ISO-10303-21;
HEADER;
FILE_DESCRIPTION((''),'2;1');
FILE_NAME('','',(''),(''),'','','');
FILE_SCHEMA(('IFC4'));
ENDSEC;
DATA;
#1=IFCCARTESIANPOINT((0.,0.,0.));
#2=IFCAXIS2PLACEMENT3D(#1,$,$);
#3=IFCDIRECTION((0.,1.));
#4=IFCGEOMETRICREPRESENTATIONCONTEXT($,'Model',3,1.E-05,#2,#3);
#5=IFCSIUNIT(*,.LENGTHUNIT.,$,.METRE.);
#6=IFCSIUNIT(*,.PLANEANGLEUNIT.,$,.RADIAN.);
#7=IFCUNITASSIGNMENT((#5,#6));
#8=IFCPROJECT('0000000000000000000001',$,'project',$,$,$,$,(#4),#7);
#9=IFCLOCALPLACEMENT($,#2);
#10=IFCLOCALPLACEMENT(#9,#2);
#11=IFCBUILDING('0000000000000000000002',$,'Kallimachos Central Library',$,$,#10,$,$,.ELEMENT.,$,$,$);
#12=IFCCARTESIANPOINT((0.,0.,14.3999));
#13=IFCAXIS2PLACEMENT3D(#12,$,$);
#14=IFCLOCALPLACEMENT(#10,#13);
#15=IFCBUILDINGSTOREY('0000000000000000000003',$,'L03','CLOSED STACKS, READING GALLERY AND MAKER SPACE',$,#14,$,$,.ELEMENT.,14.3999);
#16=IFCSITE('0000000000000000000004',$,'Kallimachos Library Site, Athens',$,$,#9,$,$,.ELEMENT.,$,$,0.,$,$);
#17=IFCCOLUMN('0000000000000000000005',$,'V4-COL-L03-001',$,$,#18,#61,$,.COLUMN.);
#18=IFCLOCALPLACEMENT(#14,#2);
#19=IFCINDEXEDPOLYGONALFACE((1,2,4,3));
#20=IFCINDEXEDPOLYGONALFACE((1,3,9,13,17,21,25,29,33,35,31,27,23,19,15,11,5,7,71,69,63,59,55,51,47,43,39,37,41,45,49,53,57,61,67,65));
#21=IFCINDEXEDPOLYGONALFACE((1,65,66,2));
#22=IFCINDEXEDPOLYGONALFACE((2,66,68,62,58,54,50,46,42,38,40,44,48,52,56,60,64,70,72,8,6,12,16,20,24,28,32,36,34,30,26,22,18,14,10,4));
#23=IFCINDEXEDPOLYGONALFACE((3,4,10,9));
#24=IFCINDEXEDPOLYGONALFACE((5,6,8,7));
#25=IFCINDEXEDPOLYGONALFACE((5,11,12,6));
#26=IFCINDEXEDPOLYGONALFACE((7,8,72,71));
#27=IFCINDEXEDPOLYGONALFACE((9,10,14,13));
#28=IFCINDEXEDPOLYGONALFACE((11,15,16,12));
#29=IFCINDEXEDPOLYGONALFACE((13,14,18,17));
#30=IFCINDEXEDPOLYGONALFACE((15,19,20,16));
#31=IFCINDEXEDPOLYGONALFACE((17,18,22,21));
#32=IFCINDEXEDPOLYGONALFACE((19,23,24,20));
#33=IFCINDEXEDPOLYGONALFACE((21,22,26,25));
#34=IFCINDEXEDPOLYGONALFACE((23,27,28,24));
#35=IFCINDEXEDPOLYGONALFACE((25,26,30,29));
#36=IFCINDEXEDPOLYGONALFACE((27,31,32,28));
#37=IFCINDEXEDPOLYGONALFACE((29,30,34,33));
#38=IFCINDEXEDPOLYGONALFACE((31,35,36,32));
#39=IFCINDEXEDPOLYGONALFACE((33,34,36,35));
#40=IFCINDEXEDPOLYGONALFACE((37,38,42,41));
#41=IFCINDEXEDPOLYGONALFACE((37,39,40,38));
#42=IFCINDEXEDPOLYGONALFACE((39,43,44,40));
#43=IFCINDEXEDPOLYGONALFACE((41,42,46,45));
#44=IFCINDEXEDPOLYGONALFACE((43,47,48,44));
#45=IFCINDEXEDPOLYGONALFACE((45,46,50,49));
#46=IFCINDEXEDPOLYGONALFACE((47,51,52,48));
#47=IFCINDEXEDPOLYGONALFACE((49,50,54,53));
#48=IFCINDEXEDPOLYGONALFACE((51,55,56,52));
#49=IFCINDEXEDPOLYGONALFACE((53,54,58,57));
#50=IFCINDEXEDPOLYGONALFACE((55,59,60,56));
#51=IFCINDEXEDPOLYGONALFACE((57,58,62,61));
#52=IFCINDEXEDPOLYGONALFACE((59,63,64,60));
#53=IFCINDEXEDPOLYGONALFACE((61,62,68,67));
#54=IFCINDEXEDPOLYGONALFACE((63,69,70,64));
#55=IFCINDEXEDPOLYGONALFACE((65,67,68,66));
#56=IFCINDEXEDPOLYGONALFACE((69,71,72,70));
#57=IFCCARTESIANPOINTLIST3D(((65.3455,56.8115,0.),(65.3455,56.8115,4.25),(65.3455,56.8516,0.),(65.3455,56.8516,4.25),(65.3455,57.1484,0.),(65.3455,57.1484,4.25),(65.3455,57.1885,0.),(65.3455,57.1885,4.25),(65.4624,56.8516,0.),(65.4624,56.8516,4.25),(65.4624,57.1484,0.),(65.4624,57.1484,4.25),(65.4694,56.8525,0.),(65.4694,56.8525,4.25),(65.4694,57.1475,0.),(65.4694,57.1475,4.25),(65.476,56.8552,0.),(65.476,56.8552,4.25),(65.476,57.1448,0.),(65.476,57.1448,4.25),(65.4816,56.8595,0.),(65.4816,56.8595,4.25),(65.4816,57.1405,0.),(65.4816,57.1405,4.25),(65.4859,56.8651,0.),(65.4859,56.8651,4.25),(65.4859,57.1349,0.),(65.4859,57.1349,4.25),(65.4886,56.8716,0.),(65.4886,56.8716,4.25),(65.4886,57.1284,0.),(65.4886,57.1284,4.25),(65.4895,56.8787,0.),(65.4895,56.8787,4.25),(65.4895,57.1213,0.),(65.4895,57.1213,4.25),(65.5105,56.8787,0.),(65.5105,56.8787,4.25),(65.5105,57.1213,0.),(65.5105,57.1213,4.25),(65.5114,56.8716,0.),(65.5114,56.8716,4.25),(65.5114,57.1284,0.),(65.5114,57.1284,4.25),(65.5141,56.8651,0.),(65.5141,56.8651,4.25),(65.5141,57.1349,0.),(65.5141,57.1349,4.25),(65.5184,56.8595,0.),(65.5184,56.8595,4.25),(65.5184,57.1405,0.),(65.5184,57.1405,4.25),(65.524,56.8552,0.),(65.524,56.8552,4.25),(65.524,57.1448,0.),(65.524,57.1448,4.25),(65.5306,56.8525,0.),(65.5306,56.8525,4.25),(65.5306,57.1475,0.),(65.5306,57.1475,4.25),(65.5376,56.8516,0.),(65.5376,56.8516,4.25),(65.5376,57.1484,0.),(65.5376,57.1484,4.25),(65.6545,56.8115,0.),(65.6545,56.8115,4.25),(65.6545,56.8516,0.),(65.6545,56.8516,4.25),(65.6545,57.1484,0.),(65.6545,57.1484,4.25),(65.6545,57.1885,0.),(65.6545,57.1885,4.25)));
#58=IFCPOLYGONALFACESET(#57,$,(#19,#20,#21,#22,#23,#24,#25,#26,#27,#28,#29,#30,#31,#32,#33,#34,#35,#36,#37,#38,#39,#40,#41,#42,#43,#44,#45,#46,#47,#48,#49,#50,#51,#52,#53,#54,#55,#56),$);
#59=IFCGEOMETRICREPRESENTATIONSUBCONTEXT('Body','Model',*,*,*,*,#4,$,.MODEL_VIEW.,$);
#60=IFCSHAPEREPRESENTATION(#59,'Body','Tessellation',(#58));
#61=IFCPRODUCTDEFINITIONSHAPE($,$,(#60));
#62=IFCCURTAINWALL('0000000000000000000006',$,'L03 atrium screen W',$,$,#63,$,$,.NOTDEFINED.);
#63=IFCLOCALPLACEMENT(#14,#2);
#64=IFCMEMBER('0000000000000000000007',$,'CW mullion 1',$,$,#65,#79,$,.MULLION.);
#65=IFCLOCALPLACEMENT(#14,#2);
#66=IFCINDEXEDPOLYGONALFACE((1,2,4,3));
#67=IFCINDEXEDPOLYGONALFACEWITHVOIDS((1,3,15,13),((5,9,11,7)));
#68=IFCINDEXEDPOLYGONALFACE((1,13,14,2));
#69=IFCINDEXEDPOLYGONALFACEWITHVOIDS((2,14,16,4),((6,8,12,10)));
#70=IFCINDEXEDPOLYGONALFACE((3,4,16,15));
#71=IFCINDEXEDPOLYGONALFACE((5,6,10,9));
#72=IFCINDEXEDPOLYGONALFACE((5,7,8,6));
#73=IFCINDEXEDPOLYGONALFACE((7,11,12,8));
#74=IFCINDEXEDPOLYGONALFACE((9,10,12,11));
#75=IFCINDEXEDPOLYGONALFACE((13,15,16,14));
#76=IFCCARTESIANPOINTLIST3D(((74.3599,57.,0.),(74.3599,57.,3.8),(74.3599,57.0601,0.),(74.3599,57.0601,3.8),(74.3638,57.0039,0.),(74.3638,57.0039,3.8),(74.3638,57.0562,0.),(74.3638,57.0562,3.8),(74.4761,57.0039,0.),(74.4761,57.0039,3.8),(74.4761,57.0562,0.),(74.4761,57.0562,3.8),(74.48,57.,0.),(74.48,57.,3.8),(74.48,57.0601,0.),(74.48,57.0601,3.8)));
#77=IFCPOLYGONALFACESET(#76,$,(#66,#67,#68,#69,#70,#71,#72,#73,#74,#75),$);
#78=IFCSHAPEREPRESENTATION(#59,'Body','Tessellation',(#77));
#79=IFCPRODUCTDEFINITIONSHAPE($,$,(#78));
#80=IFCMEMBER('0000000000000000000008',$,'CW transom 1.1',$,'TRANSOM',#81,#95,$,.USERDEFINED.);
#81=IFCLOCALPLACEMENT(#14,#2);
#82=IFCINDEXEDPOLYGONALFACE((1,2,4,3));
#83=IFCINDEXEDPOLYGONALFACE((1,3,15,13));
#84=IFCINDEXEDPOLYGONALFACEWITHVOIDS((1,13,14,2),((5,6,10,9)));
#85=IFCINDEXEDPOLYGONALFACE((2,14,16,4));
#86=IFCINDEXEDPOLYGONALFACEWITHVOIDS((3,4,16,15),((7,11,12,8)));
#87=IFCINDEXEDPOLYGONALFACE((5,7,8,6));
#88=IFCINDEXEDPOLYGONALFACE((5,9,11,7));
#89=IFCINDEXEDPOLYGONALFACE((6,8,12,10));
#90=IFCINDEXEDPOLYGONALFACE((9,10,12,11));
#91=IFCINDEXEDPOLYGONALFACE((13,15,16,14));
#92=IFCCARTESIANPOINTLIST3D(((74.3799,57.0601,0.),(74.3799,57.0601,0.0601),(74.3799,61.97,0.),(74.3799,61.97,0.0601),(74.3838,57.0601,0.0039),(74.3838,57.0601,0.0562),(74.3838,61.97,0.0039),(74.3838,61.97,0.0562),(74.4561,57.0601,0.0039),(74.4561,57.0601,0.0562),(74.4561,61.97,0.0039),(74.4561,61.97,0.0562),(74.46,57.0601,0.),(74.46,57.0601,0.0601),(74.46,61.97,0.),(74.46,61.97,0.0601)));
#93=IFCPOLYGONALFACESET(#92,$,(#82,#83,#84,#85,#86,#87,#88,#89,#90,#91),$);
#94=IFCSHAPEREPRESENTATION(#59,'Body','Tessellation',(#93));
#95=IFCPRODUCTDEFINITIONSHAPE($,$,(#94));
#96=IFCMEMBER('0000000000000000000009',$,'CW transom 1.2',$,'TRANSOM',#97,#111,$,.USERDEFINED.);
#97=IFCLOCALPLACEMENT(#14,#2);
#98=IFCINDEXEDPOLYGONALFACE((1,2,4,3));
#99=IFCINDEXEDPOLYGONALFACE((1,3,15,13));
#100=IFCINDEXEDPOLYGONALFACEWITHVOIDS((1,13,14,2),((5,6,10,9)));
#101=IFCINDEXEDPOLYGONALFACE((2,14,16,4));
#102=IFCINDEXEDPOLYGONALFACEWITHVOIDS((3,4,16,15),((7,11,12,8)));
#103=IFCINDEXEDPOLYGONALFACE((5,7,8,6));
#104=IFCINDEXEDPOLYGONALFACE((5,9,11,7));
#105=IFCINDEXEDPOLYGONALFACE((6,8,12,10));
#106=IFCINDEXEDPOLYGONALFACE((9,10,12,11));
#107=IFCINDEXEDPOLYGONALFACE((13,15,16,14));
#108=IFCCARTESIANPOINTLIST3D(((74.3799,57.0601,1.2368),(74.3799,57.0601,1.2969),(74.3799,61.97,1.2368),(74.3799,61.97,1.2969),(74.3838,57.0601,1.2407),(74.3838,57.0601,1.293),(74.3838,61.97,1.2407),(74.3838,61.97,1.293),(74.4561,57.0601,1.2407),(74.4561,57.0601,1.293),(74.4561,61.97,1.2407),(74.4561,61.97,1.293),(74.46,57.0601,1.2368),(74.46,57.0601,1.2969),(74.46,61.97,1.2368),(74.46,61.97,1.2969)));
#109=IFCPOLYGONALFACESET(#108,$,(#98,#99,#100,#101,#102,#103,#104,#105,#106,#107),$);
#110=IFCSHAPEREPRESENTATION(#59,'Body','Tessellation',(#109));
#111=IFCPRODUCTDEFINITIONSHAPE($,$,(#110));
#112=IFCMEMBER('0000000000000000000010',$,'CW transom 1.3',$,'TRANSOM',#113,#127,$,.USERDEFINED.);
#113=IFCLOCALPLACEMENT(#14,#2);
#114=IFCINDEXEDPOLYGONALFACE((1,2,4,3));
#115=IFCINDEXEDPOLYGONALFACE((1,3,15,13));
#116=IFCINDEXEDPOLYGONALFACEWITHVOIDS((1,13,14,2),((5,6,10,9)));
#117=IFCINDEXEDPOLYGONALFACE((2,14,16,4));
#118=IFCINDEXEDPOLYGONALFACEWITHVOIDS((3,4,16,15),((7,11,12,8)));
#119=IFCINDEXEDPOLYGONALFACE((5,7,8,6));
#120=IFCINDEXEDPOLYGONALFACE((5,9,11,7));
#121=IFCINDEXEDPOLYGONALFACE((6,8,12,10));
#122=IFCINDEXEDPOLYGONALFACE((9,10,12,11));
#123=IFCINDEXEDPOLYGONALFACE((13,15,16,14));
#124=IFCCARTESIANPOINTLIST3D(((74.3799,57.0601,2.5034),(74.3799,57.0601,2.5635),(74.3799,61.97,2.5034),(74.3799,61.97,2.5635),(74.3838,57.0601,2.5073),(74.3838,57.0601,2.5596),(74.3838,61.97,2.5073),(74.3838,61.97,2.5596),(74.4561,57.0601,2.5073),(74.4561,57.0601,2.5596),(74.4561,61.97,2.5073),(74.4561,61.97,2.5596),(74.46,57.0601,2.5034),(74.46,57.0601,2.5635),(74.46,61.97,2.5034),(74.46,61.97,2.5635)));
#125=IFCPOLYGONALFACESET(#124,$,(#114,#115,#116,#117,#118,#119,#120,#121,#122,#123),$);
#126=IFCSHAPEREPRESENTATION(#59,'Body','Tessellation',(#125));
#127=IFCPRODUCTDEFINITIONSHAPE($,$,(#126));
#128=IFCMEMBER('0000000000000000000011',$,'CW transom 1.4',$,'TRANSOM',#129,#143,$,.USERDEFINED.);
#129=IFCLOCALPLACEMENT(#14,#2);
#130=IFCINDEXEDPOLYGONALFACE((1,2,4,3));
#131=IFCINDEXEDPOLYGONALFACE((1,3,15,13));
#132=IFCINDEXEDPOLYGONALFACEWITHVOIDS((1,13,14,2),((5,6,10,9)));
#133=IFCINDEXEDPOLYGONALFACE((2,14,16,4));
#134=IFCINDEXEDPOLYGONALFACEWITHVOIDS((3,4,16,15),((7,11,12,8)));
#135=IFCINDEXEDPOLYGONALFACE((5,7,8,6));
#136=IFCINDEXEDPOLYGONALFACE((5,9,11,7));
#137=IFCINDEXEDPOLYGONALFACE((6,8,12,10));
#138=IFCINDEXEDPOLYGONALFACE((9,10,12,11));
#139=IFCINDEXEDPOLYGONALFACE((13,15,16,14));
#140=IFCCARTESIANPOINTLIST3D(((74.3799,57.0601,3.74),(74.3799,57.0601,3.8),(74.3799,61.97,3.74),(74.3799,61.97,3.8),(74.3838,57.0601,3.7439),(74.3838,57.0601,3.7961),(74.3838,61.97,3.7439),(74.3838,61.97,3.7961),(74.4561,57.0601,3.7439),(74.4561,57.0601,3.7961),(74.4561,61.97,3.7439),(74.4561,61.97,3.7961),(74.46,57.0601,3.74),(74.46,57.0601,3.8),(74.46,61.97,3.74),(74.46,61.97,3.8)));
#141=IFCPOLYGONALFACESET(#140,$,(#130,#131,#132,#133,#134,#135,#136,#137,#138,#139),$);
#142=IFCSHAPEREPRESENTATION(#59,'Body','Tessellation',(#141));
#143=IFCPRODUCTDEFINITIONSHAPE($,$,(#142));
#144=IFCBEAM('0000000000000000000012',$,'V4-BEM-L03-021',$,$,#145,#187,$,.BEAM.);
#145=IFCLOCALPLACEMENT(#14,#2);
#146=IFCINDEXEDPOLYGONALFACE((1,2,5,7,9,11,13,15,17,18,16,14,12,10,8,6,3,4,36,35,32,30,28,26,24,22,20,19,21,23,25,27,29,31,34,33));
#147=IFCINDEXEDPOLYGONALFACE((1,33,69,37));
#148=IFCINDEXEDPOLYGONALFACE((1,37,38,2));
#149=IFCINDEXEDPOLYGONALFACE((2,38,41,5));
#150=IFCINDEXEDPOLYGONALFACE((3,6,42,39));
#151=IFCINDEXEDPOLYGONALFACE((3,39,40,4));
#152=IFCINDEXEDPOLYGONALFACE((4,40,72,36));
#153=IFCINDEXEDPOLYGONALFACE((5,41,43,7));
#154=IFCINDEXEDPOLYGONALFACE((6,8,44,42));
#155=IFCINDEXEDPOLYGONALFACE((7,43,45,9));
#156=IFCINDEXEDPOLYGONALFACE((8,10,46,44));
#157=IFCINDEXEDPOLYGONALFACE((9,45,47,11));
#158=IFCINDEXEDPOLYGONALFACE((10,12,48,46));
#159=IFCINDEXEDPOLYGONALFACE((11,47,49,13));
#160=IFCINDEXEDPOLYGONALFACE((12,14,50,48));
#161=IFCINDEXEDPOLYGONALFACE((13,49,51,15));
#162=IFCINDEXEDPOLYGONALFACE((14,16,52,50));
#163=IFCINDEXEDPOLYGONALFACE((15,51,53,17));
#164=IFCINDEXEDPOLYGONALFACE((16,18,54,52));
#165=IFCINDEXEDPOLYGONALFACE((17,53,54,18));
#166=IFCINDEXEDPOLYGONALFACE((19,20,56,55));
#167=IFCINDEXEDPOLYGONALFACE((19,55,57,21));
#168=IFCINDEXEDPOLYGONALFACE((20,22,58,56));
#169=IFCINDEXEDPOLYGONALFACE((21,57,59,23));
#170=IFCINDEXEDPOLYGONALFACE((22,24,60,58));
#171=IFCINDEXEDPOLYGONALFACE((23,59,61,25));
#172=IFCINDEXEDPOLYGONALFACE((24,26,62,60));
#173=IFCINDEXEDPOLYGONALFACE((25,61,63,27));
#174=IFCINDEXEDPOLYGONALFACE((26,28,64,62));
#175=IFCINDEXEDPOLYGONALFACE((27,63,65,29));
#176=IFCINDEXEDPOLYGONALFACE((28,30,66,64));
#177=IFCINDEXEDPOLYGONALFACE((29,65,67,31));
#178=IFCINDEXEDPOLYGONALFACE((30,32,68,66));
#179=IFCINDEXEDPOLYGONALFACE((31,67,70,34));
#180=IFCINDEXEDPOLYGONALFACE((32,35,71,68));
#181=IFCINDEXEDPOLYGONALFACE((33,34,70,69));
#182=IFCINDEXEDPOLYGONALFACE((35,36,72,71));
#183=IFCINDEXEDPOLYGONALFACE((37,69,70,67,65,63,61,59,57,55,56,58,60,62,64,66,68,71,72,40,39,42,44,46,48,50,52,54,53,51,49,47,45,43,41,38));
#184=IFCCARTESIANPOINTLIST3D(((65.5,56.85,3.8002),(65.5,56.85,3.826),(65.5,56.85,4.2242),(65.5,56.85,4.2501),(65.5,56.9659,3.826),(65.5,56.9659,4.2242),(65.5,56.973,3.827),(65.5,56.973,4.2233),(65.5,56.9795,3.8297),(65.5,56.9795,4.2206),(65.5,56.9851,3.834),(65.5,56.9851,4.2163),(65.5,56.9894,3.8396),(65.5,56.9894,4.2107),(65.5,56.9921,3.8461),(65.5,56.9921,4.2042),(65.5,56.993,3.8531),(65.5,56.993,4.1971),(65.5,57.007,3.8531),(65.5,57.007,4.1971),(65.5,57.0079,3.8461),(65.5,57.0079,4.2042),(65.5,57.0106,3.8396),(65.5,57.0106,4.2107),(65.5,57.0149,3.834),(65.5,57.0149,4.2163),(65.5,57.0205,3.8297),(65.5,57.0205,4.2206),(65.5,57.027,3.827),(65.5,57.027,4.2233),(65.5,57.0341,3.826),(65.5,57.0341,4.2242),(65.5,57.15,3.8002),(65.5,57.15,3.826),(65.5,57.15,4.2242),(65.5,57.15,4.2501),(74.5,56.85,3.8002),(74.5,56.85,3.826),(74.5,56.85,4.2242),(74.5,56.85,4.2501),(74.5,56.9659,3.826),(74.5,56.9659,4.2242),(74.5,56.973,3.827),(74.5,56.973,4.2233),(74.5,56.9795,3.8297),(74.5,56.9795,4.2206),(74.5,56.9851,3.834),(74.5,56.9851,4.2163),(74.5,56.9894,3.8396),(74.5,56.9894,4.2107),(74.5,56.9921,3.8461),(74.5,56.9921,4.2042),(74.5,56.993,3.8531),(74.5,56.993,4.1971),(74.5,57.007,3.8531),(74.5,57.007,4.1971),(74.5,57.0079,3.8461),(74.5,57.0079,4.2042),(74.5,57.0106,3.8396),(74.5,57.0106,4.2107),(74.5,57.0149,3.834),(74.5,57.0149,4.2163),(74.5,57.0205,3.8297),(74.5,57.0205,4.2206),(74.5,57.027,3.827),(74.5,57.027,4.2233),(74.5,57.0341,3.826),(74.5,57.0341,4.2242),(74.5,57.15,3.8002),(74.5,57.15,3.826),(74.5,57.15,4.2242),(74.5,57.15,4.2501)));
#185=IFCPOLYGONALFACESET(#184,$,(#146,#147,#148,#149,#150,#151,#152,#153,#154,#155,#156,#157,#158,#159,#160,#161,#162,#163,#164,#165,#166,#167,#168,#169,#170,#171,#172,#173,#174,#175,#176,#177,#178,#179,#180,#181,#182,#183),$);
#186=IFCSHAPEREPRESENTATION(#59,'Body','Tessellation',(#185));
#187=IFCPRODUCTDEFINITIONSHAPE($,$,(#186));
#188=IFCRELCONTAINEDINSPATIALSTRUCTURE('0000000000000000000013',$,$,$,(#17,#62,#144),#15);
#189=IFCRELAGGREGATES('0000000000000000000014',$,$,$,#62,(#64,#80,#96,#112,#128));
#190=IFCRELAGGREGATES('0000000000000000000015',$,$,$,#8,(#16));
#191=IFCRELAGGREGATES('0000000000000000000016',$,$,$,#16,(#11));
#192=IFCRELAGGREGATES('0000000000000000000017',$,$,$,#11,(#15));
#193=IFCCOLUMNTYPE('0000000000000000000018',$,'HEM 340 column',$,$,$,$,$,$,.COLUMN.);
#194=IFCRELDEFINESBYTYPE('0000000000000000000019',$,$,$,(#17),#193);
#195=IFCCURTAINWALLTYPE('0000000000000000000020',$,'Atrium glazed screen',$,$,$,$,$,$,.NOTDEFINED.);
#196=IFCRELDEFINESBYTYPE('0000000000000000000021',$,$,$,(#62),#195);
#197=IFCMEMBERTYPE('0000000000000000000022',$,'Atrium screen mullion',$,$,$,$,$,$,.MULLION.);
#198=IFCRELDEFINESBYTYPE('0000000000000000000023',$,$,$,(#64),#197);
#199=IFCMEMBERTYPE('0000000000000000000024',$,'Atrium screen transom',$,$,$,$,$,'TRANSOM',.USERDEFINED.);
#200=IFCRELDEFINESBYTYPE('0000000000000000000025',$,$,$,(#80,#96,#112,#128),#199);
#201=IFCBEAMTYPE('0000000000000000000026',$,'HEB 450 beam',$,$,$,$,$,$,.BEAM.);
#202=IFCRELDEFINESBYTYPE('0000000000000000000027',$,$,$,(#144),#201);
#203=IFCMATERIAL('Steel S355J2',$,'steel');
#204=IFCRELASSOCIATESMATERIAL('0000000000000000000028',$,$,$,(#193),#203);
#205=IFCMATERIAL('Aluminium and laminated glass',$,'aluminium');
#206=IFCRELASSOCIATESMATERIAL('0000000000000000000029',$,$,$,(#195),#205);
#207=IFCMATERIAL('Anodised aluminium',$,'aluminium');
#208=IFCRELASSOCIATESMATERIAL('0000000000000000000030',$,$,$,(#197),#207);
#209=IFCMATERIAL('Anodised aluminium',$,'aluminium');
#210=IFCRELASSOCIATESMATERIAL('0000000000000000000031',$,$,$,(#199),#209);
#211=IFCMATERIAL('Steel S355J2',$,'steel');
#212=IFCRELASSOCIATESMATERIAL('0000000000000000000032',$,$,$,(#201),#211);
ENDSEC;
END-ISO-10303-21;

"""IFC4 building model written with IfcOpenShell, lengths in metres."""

from ifc_helpers import new_model, si_unit, direction, frame, origin, origin_2d, place, context, subcontext, project, spatial, hollow_rectangle, i_section, extrude, material, material_profile, profile_set, type_object, element, aggregate, save


model = new_model("IFC4")

# Units and contexts
model_context = context("Model", 3, precision=1e-05, world=origin(), true_north=direction((0.0, 1.0)))
body_context = subcontext(model_context, "Body", "Model", "MODEL_VIEW")
ifc_project = project(units=[si_unit("LENGTHUNIT", "METRE"), si_unit("PLANEANGLEUNIT", "RADIAN")], contexts=[model_context])

# Site, building, storey
site_placement = place(None, origin())
site = spatial("IfcSite", under=ifc_project, at=site_placement, Name="Kallimachos Library Site, Athens", CompositionType="ELEMENT", RefElevation=0.0)
building_placement = place(site_placement, origin())
building = spatial("IfcBuilding", under=site, at=building_placement, Name="Kallimachos Central Library", CompositionType="ELEMENT")
storey_placement = place(building_placement, frame((0.0, 0.0, 14.3999)))
storey = spatial("IfcBuildingStorey", under=building, at=storey_placement, Name="L03", Description="CLOSED STACKS, READING GALLERY AND MAKER SPACE", CompositionType="ELEMENT", Elevation=14.3999)

# Column
ifc_material_1 = material(Name="Steel S355J2", Category="steel")
ifc_material_profile_1 = material_profile(ifc_material_1, i_section(OverallWidth=0.3091, OverallDepth=0.377, WebThickness=0.021, FlangeThickness=0.04, FilletRadius=0.0271, at=origin_2d()), Name="HEM 340")
ifc_profile_set_1 = profile_set([ifc_material_profile_1], Name="Steel S355J2")
column_type = type_object("IfcColumnType", Name="HEM 340 column", PredefinedType="COLUMN", material=ifc_profile_set_1)
column_placement = place(storey_placement, frame((65.5, 57.0, 0.0), z_axis=(0.0, 0.0, 1.0), x_axis=(1.0, 0.0, 0.0)))
element("IfcColumn", 1, at=column_placement, inside=storey, type_object=column_type, Name="V4-COL-L03-001", PredefinedType="COLUMN", context=body_context, shape_type="SweptSolid", body=[
    extrude(i_section(OverallWidth=0.3091, OverallDepth=0.377, WebThickness=0.021, FlangeThickness=0.04, FilletRadius=0.0271, at=origin_2d()), origin(), (0.0, 0.0, 1.0), 4.25),
])

# Curtain wall, members
ifc_material_2 = material(Name="Aluminium and laminated glass", Category="aluminium")
curtain_wall_type = type_object("IfcCurtainWallType", Name="Atrium glazed screen", PredefinedType="NOTDEFINED", material=ifc_material_2)
curtain_wall_placement = place(storey_placement, origin())
curtain_wall = element("IfcCurtainWall", 2, at=curtain_wall_placement, inside=storey, type_object=curtain_wall_type, Name="L03 atrium screen W", PredefinedType="NOTDEFINED")
ifc_material_3 = material(Name="Anodised aluminium", Category="aluminium")
ifc_material_profile_2 = material_profile(ifc_material_3, hollow_rectangle(XDim=0.0601, YDim=0.1201, WallThickness=0.0039, at=origin_2d()), Name="ALU MULLION 60x120")
ifc_profile_set_2 = profile_set([ifc_material_profile_2], Name="Anodised aluminium")
member_type_1 = type_object("IfcMemberType", Name="Atrium screen mullion", PredefinedType="MULLION", material=ifc_profile_set_2)
member_1_placement = place(storey_placement, frame((74.4199, 57.03, 0.0), z_axis=(0.0, 0.0, 1.0), x_axis=(0.0, 1.0, 0.0)))
member_1 = element("IfcMember", 3, at=member_1_placement, type_object=member_type_1, Name="CW mullion 1", PredefinedType="MULLION", context=body_context, shape_type="SweptSolid", body=[
    extrude(hollow_rectangle(XDim=0.0601, YDim=0.1201, WallThickness=0.0039, at=origin_2d()), origin(), (0.0, 0.0, 1.0), 3.8),
])
ifc_material_4 = material(Name="Anodised aluminium", Category="aluminium")
ifc_material_profile_3 = material_profile(ifc_material_4, hollow_rectangle(XDim=0.0601, YDim=0.0801, WallThickness=0.0039, at=origin_2d()), Name="ALU TRANSOM 60x80")
ifc_profile_set_3 = profile_set([ifc_material_profile_3], Name="Anodised aluminium")
member_type_2 = type_object("IfcMemberType", Name="Atrium screen transom", ElementType="TRANSOM", PredefinedType="USERDEFINED", material=ifc_profile_set_3)
member_2_placement = place(storey_placement, frame((74.4199, 57.0601, 0.03), z_axis=(0.0, 1.0, 0.0), x_axis=(0.0, 0.0, 1.0)))
member_2 = element("IfcMember", 4, at=member_2_placement, type_object=member_type_2, Name="CW transom 1.1", ObjectType="TRANSOM", PredefinedType="USERDEFINED", context=body_context, shape_type="SweptSolid", body=[
    extrude(hollow_rectangle(XDim=0.0601, YDim=0.0801, WallThickness=0.0039, at=origin_2d()), origin(), (0.0, 0.0, 1.0), 4.9099),
])
member_3_placement = place(storey_placement, frame((74.4199, 57.0601, 1.2668), z_axis=(0.0, 1.0, 0.0), x_axis=(0.0, 0.0, 1.0)))
member_3 = element("IfcMember", 5, at=member_3_placement, type_object=member_type_2, Name="CW transom 1.2", ObjectType="TRANSOM", PredefinedType="USERDEFINED", context=body_context, shape_type="SweptSolid", body=[
    extrude(hollow_rectangle(XDim=0.0601, YDim=0.0801, WallThickness=0.0039, at=origin_2d()), origin(), (0.0, 0.0, 1.0), 4.9099),
])
member_4_placement = place(storey_placement, frame((74.4199, 57.0601, 2.5334), z_axis=(0.0, 1.0, 0.0), x_axis=(0.0, 0.0, 1.0)))
member_4 = element("IfcMember", 6, at=member_4_placement, type_object=member_type_2, Name="CW transom 1.3", ObjectType="TRANSOM", PredefinedType="USERDEFINED", context=body_context, shape_type="SweptSolid", body=[
    extrude(hollow_rectangle(XDim=0.0601, YDim=0.0801, WallThickness=0.0039, at=origin_2d()), origin(), (0.0, 0.0, 1.0), 4.9099),
])
member_5_placement = place(storey_placement, frame((74.4199, 57.0601, 3.77), z_axis=(0.0, 1.0, 0.0), x_axis=(0.0, 0.0, 1.0)))
member_5 = element("IfcMember", 7, at=member_5_placement, type_object=member_type_2, Name="CW transom 1.4", ObjectType="TRANSOM", PredefinedType="USERDEFINED", context=body_context, shape_type="SweptSolid", body=[
    extrude(hollow_rectangle(XDim=0.0601, YDim=0.0801, WallThickness=0.0039, at=origin_2d()), origin(), (0.0, 0.0, 1.0), 4.9099),
])
aggregate(curtain_wall, [member_1, member_2, member_3, member_4, member_5])

# Beam
ifc_material_5 = material(Name="Steel S355J2", Category="steel")
ifc_material_profile_4 = material_profile(ifc_material_5, i_section(OverallWidth=0.3, OverallDepth=0.45, WebThickness=0.0139, FlangeThickness=0.0259, FilletRadius=0.0271, at=origin_2d()), Name="HEB 450")
ifc_profile_set_4 = profile_set([ifc_material_profile_4], Name="Steel S355J2")
beam_type_1 = type_object("IfcBeamType", Name="HEB 450 beam", PredefinedType="BEAM", material=ifc_profile_set_4)
for number, where, z_axis, x_axis, name in (
    (8, (65.5, 57.0, 4.0251), (1.0, 0.0, 0.0), (0.0, 1.0, 0.0), "V4-BEM-L03-021"),
):
    element("IfcBeam", number, at=place(storey_placement, frame(where, z_axis=z_axis, x_axis=x_axis)), inside=storey, type_object=beam_type_1, Name=name, PredefinedType="BEAM", context=body_context, shape_type="SweptSolid", body=[
        extrude(i_section(OverallWidth=0.3, OverallDepth=0.45, WebThickness=0.0139, FlangeThickness=0.0259, FilletRadius=0.0271, at=origin_2d()), origin(), (0.0, 0.0, 1.0), 9.0),
    ])

save(model, "model.ifc")
